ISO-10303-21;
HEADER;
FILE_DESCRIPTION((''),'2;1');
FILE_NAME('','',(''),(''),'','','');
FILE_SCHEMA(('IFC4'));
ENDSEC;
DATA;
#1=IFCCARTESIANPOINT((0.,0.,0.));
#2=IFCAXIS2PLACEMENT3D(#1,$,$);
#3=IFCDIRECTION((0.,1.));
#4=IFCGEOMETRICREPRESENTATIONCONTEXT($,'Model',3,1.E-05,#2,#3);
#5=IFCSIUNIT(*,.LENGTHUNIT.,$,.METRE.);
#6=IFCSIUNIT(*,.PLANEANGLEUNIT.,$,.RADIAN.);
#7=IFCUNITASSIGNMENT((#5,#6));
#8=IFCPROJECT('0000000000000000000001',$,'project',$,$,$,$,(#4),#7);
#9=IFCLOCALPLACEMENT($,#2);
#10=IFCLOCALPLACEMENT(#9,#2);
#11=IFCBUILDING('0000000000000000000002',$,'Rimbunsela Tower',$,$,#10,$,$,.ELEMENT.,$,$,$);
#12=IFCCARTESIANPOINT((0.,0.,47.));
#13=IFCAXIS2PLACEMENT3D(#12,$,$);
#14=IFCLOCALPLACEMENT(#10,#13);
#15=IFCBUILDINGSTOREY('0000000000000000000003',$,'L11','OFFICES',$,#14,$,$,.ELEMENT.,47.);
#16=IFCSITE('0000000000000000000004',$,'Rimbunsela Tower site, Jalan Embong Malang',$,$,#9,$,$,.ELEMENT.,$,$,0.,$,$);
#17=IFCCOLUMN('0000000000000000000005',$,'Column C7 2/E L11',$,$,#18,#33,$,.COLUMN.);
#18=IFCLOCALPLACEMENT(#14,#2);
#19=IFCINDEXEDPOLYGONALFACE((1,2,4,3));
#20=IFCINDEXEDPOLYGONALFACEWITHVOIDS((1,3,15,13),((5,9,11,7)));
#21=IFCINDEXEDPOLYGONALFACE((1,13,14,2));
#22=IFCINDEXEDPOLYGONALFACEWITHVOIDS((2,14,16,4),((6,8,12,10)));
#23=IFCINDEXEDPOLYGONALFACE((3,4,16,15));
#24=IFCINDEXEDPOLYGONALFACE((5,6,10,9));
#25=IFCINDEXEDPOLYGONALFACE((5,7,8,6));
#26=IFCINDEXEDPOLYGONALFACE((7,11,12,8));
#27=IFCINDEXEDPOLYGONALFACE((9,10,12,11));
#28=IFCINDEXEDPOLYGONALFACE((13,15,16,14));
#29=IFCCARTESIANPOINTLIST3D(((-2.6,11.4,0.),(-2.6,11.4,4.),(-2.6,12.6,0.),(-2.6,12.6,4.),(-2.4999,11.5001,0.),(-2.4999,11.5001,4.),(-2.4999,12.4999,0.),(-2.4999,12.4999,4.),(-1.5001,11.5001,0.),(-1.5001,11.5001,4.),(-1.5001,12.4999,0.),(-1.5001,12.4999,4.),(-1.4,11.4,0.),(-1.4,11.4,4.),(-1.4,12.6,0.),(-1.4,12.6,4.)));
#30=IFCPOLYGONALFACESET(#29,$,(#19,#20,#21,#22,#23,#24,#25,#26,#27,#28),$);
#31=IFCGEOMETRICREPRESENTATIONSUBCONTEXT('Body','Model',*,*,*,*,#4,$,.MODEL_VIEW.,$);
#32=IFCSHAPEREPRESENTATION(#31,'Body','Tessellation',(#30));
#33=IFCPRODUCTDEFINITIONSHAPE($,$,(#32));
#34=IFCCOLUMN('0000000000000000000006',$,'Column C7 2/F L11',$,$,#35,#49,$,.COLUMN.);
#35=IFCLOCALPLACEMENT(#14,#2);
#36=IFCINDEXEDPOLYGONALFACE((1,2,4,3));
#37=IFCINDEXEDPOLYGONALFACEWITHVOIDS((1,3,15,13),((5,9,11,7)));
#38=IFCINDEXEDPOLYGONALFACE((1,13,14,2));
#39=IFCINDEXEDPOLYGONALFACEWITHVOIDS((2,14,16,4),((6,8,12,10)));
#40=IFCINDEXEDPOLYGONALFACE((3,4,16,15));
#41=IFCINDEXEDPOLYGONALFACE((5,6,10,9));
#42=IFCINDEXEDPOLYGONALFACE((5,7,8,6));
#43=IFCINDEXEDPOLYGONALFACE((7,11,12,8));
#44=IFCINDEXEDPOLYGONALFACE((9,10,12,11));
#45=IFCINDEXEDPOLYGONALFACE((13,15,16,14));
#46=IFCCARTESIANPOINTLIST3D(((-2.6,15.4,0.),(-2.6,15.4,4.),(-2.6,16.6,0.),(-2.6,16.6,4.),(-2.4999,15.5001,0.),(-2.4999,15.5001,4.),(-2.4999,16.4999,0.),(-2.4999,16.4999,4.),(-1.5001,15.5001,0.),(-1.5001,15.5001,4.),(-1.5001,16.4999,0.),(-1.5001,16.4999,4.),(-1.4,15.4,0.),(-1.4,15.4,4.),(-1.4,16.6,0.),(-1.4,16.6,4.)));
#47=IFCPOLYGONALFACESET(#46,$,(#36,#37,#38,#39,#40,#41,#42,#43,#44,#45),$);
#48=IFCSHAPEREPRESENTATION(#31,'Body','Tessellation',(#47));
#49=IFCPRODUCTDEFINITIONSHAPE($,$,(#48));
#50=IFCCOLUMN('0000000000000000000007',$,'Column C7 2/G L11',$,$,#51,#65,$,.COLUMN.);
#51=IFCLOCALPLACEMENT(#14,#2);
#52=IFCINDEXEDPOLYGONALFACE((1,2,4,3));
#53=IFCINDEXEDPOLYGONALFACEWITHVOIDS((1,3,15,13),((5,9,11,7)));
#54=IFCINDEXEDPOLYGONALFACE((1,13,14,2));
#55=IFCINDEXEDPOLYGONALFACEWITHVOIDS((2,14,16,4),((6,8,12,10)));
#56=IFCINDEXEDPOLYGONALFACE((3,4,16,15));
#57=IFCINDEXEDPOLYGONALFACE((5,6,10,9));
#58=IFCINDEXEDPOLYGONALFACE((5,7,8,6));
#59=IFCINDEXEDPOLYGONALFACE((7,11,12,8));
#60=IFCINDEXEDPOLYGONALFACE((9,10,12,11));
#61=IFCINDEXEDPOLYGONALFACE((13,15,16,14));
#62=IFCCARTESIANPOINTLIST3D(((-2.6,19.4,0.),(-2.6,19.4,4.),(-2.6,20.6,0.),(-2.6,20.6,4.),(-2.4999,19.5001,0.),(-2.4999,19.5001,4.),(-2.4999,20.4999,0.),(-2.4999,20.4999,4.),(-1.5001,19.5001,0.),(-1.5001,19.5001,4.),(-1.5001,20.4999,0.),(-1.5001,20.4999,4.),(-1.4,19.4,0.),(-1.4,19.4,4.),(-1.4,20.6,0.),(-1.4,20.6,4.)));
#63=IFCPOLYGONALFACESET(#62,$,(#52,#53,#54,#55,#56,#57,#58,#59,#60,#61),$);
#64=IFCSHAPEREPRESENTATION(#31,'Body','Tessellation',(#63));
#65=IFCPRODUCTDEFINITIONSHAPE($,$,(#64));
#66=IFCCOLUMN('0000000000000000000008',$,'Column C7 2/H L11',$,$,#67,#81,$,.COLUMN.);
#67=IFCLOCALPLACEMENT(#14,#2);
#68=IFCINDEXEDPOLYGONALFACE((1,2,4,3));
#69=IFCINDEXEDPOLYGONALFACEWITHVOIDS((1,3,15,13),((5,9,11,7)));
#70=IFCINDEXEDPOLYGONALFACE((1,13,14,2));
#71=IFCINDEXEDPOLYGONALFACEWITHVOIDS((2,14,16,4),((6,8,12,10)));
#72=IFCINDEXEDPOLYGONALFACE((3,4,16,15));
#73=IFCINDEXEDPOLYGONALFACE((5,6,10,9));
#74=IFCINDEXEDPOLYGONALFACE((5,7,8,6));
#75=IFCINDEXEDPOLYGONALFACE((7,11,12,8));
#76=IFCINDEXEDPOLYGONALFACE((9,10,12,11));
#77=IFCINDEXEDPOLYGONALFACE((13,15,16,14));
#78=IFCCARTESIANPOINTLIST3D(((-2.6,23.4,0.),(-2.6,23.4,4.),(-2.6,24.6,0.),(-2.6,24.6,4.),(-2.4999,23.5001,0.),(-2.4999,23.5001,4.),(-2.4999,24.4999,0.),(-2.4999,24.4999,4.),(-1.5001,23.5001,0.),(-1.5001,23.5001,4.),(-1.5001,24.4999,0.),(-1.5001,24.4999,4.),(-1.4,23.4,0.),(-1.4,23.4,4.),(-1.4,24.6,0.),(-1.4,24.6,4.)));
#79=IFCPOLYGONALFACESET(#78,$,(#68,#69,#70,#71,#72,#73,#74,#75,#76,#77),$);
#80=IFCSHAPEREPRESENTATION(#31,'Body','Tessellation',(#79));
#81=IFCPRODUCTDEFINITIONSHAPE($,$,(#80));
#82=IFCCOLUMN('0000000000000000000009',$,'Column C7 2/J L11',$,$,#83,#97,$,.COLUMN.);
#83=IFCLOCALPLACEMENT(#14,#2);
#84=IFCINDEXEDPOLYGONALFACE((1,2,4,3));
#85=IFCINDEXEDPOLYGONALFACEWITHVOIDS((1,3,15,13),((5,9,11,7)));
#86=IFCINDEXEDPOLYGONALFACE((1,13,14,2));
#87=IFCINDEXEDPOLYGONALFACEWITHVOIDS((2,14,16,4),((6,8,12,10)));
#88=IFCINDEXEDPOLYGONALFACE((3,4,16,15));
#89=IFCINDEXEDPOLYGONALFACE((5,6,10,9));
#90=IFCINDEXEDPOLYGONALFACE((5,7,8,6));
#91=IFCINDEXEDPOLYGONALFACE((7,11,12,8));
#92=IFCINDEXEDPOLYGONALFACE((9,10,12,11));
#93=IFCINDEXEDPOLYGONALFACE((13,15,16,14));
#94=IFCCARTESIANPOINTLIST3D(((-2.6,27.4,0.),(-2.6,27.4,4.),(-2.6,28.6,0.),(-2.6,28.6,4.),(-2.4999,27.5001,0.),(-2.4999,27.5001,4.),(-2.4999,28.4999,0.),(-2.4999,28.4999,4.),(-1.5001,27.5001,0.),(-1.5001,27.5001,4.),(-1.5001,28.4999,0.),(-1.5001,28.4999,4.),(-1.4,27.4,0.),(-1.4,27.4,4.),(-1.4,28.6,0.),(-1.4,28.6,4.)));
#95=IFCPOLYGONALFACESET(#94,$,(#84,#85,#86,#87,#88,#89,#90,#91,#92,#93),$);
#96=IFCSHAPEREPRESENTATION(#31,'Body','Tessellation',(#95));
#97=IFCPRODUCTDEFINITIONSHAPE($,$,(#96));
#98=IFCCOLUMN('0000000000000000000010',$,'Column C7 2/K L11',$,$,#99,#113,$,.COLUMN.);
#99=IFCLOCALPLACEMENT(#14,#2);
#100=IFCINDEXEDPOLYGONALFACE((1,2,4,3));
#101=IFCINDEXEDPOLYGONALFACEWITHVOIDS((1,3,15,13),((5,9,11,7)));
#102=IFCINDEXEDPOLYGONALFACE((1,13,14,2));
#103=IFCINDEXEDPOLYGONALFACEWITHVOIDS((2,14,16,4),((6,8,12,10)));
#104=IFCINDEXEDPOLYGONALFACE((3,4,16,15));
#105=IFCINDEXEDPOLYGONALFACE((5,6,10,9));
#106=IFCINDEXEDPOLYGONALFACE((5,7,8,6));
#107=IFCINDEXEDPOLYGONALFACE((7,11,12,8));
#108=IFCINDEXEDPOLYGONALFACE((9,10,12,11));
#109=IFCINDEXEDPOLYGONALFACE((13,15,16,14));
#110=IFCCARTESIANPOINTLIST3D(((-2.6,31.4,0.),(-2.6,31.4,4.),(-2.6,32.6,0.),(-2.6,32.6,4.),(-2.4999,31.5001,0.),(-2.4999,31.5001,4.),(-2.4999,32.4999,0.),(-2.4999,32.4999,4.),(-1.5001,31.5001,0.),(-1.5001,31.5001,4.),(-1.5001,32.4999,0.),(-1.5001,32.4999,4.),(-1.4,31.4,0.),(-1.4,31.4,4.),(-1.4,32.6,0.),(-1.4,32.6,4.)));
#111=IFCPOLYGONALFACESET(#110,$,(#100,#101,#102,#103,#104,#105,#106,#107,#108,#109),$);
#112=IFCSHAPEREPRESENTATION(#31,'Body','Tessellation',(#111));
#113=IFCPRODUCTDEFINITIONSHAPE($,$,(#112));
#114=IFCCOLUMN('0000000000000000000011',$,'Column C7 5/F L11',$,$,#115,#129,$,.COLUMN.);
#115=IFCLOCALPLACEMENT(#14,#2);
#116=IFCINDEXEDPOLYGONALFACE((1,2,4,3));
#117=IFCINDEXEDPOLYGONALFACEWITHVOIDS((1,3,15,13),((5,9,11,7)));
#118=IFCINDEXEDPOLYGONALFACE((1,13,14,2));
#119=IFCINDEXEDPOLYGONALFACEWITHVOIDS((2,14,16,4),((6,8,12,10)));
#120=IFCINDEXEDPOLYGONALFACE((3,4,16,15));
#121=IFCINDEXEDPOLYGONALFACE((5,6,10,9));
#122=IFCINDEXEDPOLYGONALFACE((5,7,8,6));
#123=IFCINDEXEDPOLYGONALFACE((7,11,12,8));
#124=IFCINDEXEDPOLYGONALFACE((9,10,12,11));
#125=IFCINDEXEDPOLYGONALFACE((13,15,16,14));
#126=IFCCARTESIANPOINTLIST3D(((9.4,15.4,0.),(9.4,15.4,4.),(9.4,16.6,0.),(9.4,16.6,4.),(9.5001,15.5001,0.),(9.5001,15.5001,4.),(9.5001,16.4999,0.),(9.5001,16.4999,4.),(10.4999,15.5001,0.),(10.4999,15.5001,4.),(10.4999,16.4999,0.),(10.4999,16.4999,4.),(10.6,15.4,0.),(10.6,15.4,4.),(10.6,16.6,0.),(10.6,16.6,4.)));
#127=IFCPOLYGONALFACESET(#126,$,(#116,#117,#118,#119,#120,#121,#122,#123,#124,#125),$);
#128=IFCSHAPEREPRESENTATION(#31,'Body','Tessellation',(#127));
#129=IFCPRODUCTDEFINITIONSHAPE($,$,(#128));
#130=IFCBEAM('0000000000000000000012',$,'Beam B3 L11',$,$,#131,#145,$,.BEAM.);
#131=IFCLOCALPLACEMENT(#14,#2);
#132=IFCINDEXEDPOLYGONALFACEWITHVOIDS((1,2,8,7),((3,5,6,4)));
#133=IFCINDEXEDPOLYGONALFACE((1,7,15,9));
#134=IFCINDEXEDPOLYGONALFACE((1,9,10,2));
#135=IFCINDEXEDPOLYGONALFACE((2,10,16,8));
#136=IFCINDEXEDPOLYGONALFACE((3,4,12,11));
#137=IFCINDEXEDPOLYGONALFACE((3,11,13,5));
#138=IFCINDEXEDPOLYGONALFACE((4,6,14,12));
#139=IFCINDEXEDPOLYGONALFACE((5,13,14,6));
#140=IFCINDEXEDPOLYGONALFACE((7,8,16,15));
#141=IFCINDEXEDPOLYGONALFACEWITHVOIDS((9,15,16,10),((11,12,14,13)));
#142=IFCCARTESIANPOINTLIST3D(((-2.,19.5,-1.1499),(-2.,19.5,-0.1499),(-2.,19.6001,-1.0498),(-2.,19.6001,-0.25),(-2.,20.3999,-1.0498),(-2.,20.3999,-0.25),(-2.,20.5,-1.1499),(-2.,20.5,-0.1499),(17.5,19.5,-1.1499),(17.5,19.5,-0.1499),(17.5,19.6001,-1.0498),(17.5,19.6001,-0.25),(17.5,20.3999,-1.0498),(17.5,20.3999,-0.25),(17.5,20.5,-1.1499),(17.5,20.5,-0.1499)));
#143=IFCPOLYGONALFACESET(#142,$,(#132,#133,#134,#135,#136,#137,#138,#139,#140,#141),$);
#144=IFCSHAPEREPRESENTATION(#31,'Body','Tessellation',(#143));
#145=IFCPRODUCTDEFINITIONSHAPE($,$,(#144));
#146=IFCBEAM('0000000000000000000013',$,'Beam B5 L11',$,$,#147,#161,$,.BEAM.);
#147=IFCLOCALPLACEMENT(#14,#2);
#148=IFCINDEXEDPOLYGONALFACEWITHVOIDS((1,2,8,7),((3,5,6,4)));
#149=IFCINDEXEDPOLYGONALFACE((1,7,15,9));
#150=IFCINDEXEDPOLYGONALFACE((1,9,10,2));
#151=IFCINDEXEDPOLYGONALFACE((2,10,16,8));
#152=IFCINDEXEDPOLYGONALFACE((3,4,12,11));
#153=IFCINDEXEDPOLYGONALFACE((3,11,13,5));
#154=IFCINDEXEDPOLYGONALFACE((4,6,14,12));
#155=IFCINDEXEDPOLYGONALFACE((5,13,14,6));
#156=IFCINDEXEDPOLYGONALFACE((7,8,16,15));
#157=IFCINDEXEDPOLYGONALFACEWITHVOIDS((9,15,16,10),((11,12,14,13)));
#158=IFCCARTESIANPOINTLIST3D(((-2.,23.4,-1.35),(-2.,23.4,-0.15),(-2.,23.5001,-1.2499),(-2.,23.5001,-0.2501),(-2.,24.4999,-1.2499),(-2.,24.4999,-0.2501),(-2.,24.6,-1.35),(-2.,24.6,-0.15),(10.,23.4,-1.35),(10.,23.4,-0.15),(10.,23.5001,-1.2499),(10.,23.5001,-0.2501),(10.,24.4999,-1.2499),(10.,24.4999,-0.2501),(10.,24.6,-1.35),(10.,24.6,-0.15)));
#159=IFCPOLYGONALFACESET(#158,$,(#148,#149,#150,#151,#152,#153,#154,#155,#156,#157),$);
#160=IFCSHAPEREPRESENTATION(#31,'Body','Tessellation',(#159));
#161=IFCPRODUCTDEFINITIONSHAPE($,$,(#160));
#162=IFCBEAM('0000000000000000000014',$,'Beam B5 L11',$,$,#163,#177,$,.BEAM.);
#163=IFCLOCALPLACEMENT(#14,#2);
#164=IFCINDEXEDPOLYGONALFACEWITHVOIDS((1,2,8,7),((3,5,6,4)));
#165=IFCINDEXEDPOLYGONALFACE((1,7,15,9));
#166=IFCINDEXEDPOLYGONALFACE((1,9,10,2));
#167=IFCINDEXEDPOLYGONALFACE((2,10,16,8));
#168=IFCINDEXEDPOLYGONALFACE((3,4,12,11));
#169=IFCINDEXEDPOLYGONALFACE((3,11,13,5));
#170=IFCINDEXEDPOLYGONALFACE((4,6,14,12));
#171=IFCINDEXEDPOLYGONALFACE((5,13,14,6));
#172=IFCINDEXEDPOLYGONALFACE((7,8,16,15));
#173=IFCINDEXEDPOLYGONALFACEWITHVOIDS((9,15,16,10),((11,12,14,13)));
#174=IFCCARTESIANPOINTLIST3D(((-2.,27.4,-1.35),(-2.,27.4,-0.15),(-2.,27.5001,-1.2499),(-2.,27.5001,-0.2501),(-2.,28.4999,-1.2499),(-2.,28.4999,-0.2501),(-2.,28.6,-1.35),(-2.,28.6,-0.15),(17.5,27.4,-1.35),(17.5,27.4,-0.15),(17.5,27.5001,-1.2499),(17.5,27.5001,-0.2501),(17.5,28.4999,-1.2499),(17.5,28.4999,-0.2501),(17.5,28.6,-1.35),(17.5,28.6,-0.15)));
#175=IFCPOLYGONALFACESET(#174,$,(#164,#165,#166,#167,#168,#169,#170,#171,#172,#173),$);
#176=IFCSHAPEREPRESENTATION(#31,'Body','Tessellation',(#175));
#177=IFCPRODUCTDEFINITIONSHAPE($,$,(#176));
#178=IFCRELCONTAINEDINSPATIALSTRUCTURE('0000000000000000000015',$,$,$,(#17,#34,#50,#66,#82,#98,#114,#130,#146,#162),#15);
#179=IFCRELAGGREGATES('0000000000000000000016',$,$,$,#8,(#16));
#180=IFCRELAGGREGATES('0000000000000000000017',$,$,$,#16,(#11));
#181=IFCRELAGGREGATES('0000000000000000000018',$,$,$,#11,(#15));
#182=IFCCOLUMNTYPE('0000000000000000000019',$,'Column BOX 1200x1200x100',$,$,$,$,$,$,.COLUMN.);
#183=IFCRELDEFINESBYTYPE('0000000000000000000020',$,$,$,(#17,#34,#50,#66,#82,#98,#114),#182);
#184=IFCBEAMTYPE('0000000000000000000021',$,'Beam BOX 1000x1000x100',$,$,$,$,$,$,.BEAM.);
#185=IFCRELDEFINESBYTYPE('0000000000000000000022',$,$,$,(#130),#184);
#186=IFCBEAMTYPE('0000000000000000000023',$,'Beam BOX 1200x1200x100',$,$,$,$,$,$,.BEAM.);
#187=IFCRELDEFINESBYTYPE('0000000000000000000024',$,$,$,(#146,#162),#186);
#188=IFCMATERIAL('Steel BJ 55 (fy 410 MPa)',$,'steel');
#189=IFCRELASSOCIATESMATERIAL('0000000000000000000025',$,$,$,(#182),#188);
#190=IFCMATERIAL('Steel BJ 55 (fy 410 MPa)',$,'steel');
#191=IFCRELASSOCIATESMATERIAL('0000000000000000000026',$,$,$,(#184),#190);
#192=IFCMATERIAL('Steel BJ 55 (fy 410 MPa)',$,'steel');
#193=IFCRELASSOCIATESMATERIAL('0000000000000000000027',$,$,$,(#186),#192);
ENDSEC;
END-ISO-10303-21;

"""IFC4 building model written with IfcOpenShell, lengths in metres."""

from ifc_helpers import new_model, si_unit, direction, frame, origin, origin_2d, place, context, subcontext, project, spatial, hollow_rectangle, extrude, material, material_profile, profile_set, type_object, element, save


model = new_model("IFC4")

# Units and contexts
model_context = context("Model", 3, precision=1e-05, world=origin(), true_north=direction((0.0, 1.0)))
body_context = subcontext(model_context, "Body", "Model", "MODEL_VIEW")
ifc_project = project(units=[si_unit("LENGTHUNIT", "METRE"), si_unit("PLANEANGLEUNIT", "RADIAN")], contexts=[model_context])

# Site, building, storey
site_placement = place(None, origin())
site = spatial("IfcSite", under=ifc_project, at=site_placement, Name="Rimbunsela Tower site, Jalan Embong Malang", CompositionType="ELEMENT", RefElevation=0.0)
building_placement = place(site_placement, origin())
building = spatial("IfcBuilding", under=site, at=building_placement, Name="Rimbunsela Tower", CompositionType="ELEMENT")
storey_placement = place(building_placement, frame((0.0, 0.0, 47.0)))
storey = spatial("IfcBuildingStorey", under=building, at=storey_placement, Name="L11", Description="OFFICES", CompositionType="ELEMENT", Elevation=47.0)

# Columns
ifc_material_1 = material(Name="Steel BJ 55 (fy 410 MPa)", Category="steel")
ifc_material_profile_1 = material_profile(ifc_material_1, hollow_rectangle(XDim=1.2, YDim=1.2, WallThickness=0.1001, at=origin_2d()), Name="BOX 1200x1200x100")
ifc_profile_set_1 = profile_set([ifc_material_profile_1], Name="Steel BJ 55 (fy 410 MPa)")
column_type = type_object("IfcColumnType", Name="Column BOX 1200x1200x100", PredefinedType="COLUMN", material=ifc_profile_set_1)
for number, where, z_axis, x_axis, name in (
    (1, (-2.0, 12.0, 0.0), (0.0, 0.0, 1.0), (1.0, 0.0, 0.0), "Column C7 2/E L11"),
    (2, (-2.0, 16.0, 0.0), (0.0, 0.0, 1.0), (1.0, 0.0, 0.0), "Column C7 2/F L11"),
    (3, (-2.0, 20.0, 0.0), (0.0, 0.0, 1.0), (1.0, 0.0, 0.0), "Column C7 2/G L11"),
    (4, (-2.0, 24.0, 0.0), (0.0, 0.0, 1.0), (1.0, 0.0, 0.0), "Column C7 2/H L11"),
    (5, (-2.0, 28.0, 0.0), (0.0, 0.0, 1.0), (1.0, 0.0, 0.0), "Column C7 2/J L11"),
    (6, (-2.0, 32.0, 0.0), (0.0, 0.0, 1.0), (1.0, 0.0, 0.0), "Column C7 2/K L11"),
    (7, (10.0, 16.0, 0.0), (0.0, 0.0, 1.0), (1.0, 0.0, 0.0), "Column C7 5/F L11"),
):
    element("IfcColumn", number, at=place(storey_placement, frame(where, z_axis=z_axis, x_axis=x_axis)), inside=storey, type_object=column_type, Name=name, PredefinedType="COLUMN", context=body_context, shape_type="SweptSolid", body=[
        extrude(hollow_rectangle(XDim=1.2, YDim=1.2, WallThickness=0.1001, at=origin_2d()), origin(), (0.0, 0.0, 1.0), 4.0),
    ])

# Beams
ifc_material_2 = material(Name="Steel BJ 55 (fy 410 MPa)", Category="steel")
ifc_material_profile_2 = material_profile(ifc_material_2, hollow_rectangle(XDim=1.0, YDim=1.0, WallThickness=0.1001, at=origin_2d()), Name="BOX 1000x1000x100")
ifc_profile_set_2 = profile_set([ifc_material_profile_2], Name="Steel BJ 55 (fy 410 MPa)")
beam_type_1 = type_object("IfcBeamType", Name="Beam BOX 1000x1000x100", PredefinedType="BEAM", material=ifc_profile_set_2)
beam_1_placement = place(storey_placement, frame((-2.0, 20.0, -0.6499), z_axis=(1.0, 0.0, 0.0), x_axis=(0.0, 1.0, 0.0)))
element("IfcBeam", 8, at=beam_1_placement, inside=storey, type_object=beam_type_1, Name="Beam B3 L11", PredefinedType="BEAM", context=body_context, shape_type="SweptSolid", body=[
    extrude(hollow_rectangle(XDim=1.0, YDim=1.0, WallThickness=0.1001, at=origin_2d()), origin(), (0.0, 0.0, 1.0), 19.5),
])
ifc_material_3 = material(Name="Steel BJ 55 (fy 410 MPa)", Category="steel")
ifc_material_profile_3 = material_profile(ifc_material_3, hollow_rectangle(XDim=1.2, YDim=1.2, WallThickness=0.1001, at=origin_2d()), Name="BOX 1200x1200x100")
ifc_profile_set_3 = profile_set([ifc_material_profile_3], Name="Steel BJ 55 (fy 410 MPa)")
beam_type_2 = type_object("IfcBeamType", Name="Beam BOX 1200x1200x100", PredefinedType="BEAM", material=ifc_profile_set_3)
beam_2_placement = place(storey_placement, frame((-2.0, 24.0, -0.75), z_axis=(1.0, 0.0, 0.0), x_axis=(0.0, 1.0, 0.0)))
element("IfcBeam", 9, at=beam_2_placement, inside=storey, type_object=beam_type_2, Name="Beam B5 L11", PredefinedType="BEAM", context=body_context, shape_type="SweptSolid", body=[
    extrude(hollow_rectangle(XDim=1.2, YDim=1.2, WallThickness=0.1001, at=origin_2d()), origin(), (0.0, 0.0, 1.0), 12.0),
])
beam_3_placement = place(storey_placement, frame((-2.0, 28.0, -0.75), z_axis=(1.0, 0.0, 0.0), x_axis=(0.0, 1.0, 0.0)))
element("IfcBeam", 10, at=beam_3_placement, inside=storey, type_object=beam_type_2, Name="Beam B5 L11", PredefinedType="BEAM", context=body_context, shape_type="SweptSolid", body=[
    extrude(hollow_rectangle(XDim=1.2, YDim=1.2, WallThickness=0.1001, at=origin_2d()), origin(), (0.0, 0.0, 1.0), 19.5),
])

save(model, "model.ifc")
